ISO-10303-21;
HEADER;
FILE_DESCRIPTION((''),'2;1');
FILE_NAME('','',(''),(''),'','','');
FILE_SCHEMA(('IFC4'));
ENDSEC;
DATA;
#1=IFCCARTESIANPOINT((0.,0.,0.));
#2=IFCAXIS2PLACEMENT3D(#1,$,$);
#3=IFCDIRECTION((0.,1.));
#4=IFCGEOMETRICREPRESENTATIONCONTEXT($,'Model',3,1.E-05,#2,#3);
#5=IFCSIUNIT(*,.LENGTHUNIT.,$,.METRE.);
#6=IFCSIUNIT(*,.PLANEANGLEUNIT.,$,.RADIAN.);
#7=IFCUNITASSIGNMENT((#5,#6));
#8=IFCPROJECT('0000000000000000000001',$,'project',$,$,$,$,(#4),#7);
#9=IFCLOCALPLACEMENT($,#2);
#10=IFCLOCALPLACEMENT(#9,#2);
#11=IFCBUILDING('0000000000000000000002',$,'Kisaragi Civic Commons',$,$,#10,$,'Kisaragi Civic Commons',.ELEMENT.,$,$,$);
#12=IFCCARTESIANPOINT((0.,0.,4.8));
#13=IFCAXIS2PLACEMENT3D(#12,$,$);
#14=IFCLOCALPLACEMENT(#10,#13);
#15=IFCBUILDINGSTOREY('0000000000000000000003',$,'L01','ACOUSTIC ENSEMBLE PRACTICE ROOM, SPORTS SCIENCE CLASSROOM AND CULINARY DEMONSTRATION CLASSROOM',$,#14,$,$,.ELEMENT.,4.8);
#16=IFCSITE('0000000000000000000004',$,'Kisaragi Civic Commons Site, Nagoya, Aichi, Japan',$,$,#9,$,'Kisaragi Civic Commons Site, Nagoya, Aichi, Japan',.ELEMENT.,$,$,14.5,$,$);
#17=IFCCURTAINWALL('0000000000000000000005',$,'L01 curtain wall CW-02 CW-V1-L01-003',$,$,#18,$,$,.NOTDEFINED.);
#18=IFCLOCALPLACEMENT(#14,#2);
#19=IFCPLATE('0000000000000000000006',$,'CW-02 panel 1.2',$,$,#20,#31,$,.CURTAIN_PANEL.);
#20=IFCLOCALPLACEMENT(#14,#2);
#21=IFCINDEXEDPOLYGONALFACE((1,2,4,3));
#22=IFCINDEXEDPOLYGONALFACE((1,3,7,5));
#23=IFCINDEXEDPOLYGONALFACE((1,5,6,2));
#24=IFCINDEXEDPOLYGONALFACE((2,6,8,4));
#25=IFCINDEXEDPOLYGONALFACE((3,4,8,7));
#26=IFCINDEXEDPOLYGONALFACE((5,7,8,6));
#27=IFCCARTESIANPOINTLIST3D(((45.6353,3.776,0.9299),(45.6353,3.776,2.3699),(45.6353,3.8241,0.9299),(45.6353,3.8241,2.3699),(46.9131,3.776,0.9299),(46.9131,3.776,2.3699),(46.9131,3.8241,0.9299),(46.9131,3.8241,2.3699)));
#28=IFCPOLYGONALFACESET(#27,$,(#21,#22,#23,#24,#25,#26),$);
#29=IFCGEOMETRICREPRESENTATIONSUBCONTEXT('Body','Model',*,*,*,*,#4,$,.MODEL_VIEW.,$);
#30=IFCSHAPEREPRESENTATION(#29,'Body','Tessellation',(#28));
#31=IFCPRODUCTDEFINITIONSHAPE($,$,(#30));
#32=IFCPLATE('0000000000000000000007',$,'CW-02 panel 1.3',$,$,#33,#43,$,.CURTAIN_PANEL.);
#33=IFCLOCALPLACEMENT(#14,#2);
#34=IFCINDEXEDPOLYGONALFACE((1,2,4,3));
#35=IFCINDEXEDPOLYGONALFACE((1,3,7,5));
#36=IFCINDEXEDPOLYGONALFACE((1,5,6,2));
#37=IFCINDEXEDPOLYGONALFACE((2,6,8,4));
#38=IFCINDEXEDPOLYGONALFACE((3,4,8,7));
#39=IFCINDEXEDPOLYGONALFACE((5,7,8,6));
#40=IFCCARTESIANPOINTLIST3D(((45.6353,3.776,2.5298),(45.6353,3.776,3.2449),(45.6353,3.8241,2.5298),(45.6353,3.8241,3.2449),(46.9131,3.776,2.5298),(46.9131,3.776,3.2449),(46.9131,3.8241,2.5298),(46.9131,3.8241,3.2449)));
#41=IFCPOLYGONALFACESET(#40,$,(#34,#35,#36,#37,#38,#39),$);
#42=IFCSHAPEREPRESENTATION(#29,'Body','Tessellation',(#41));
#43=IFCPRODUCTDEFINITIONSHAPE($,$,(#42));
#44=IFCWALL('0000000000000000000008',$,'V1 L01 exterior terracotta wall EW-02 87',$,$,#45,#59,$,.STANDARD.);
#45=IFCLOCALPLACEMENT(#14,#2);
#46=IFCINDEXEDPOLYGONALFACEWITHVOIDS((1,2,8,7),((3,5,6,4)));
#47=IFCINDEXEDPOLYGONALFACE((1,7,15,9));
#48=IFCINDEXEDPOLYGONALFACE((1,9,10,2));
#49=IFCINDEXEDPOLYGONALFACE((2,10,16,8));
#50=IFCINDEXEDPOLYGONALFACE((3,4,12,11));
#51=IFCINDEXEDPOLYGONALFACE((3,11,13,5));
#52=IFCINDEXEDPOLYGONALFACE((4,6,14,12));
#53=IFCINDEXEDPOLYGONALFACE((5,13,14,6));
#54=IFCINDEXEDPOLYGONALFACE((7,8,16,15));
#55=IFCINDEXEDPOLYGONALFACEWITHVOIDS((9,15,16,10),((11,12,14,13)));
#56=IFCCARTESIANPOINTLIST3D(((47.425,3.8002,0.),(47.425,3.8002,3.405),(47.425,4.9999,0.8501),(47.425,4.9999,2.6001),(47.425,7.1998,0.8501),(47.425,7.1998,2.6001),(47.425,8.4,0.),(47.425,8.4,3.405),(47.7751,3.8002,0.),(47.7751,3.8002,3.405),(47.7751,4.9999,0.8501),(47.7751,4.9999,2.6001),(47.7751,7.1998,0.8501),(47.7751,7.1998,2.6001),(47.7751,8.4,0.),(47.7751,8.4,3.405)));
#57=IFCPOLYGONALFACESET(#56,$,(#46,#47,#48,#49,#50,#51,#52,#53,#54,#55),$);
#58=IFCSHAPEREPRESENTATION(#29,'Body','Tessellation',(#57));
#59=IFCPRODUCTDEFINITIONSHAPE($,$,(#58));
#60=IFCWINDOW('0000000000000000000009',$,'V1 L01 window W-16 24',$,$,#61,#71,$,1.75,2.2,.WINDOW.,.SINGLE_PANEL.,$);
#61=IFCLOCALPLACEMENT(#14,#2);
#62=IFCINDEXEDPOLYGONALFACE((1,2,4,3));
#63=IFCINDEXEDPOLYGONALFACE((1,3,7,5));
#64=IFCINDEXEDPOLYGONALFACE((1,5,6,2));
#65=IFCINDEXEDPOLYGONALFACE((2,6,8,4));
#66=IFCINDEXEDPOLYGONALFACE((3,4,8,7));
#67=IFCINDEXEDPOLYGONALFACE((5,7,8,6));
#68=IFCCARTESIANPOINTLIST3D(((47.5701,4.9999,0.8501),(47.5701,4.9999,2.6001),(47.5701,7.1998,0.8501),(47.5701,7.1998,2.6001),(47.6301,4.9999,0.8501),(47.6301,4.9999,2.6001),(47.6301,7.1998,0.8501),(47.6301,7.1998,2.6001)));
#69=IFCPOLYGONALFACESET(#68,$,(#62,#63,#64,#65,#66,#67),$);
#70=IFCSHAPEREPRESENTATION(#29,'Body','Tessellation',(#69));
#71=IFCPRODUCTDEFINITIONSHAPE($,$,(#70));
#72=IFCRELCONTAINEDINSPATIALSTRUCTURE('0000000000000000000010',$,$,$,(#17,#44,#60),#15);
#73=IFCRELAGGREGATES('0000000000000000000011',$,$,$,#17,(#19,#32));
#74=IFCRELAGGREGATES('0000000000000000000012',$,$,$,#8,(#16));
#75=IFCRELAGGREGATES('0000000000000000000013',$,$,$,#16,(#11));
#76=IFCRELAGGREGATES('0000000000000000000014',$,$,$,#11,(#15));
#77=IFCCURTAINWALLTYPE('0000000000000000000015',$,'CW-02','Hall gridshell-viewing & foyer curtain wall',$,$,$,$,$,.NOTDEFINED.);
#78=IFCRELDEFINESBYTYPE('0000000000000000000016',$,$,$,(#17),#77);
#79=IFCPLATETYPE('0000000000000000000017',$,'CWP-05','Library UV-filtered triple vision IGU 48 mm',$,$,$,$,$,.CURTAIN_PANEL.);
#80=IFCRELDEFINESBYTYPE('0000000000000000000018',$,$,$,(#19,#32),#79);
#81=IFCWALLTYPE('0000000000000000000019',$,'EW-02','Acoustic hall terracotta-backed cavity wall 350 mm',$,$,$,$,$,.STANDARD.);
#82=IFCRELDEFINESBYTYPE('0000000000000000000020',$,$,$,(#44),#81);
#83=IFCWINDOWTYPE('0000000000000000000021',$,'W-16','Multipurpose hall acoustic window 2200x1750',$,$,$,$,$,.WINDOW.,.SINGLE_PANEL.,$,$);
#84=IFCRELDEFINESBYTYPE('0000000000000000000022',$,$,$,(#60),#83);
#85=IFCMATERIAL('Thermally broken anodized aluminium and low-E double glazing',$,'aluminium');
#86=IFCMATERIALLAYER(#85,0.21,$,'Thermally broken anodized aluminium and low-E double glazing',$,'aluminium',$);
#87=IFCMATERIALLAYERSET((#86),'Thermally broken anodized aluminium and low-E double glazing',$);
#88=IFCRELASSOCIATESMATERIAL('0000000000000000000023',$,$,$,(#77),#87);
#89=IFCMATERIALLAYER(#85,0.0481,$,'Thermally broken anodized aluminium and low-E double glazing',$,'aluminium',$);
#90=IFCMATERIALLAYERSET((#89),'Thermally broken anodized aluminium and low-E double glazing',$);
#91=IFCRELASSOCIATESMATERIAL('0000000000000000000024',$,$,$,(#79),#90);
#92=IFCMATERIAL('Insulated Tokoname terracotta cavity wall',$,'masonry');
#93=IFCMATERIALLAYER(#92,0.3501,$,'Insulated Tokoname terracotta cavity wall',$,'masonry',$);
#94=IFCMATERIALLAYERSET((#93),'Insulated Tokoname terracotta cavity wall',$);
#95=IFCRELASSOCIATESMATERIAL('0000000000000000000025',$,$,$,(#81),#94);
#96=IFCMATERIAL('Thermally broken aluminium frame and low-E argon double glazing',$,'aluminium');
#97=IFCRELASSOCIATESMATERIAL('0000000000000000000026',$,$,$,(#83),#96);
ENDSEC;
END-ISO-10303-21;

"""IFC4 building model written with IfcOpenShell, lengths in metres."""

from ifc_helpers import new_model, si_unit, direction, frame, frame_2d, origin, origin_2d, place, context, subcontext, project, spatial, rectangle, extrude, material, layer, layer_set, type_object, element, fill, aggregate, save


model = new_model("IFC4")

# Units and contexts
model_context = context("Model", 3, precision=1e-05, world=origin(), true_north=direction((0.0, 1.0)))
body_context = subcontext(model_context, "Body", "Model", "MODEL_VIEW")
ifc_project = project(units=[si_unit("LENGTHUNIT", "METRE"), si_unit("PLANEANGLEUNIT", "RADIAN")], contexts=[model_context])

# Site, building, storey
site_placement = place(None, origin())
site = spatial("IfcSite", under=ifc_project, at=site_placement, Name="Kisaragi Civic Commons Site, Nagoya, Aichi, Japan", LongName="Kisaragi Civic Commons Site, Nagoya, Aichi, Japan", CompositionType="ELEMENT", RefElevation=14.5)
building_placement = place(site_placement, origin())
building = spatial("IfcBuilding", under=site, at=building_placement, Name="Kisaragi Civic Commons", LongName="Kisaragi Civic Commons", CompositionType="ELEMENT")
storey_placement = place(building_placement, frame((0.0, 0.0, 4.8)))
storey = spatial("IfcBuildingStorey", under=building, at=storey_placement, Name="L01", Description="ACOUSTIC ENSEMBLE PRACTICE ROOM, SPORTS SCIENCE CLASSROOM AND CULINARY DEMONSTRATION CLASSROOM", CompositionType="ELEMENT", Elevation=4.8)

# Shared definitions
ifc_material_1 = material(Name="Thermally broken anodized aluminium and low-E double glazing", Category="aluminium")
ifc_layer_1 = layer(ifc_material_1, 0.21, Name="Thermally broken anodized aluminium and low-E double glazing", Category="aluminium")
ifc_layer_set_1 = layer_set([ifc_layer_1], Name="Thermally broken anodized aluminium and low-E double glazing")
curtain_wall_type = type_object("IfcCurtainWallType", Name="CW-02", Description="Hall gridshell-viewing & foyer curtain wall", PredefinedType="NOTDEFINED", material=ifc_layer_set_1)

# Curtain wall
curtain_wall_1_placement = place(storey_placement, origin())
curtain_wall_1 = element("IfcCurtainWall", 1, at=curtain_wall_1_placement, inside=storey, type_object=curtain_wall_type, Name="L01 curtain wall CW-02 CW-V1-L01-003", PredefinedType="NOTDEFINED")

# Plates
ifc_layer_2 = layer(ifc_material_1, 0.0481, Name="Thermally broken anodized aluminium and low-E double glazing", Category="aluminium")
ifc_layer_set_2 = layer_set([ifc_layer_2], Name="Thermally broken anodized aluminium and low-E double glazing")
plate_type_1 = type_object("IfcPlateType", Name="CWP-05", Description="Library UV-filtered triple vision IGU 48 mm", PredefinedType="CURTAIN_PANEL", material=ifc_layer_set_2)
plate_1_placement = place(storey_placement, frame((46.2742, 3.8, 0.9299), z_axis=(0.0, 0.0, 1.0), x_axis=(-1.0, 0.0, 0.0)))
plate_1 = element("IfcPlate", 2, at=plate_1_placement, type_object=plate_type_1, Name="CW-02 panel 1.2", PredefinedType="CURTAIN_PANEL", context=body_context, shape_type="SweptSolid", body=[
    extrude(rectangle(XDim=1.2778, YDim=0.0481, at=origin_2d()), origin(), (0.0, 0.0, 1.0), 1.4399),
])
plate_2_placement = place(storey_placement, frame((46.2742, 3.8, 2.5298), z_axis=(0.0, 0.0, 1.0), x_axis=(-1.0, 0.0, 0.0)))
plate_2 = element("IfcPlate", 3, at=plate_2_placement, type_object=plate_type_1, Name="CW-02 panel 1.3", PredefinedType="CURTAIN_PANEL", context=body_context, shape_type="SweptSolid", body=[
    extrude(rectangle(XDim=1.2778, YDim=0.0481, at=origin_2d()), origin(), (0.0, 0.0, 1.0), 0.7151),
])
aggregate(curtain_wall_1, [plate_1, plate_2])

# Wall, opening, window
ifc_material_2 = material(Name="Insulated Tokoname terracotta cavity wall", Category="masonry")
ifc_layer_3 = layer(ifc_material_2, 0.3501, Name="Insulated Tokoname terracotta cavity wall", Category="masonry")
ifc_layer_set_3 = layer_set([ifc_layer_3], Name="Insulated Tokoname terracotta cavity wall")
wall_type = type_object("IfcWallType", Name="EW-02", Description="Acoustic hall terracotta-backed cavity wall 350 mm", PredefinedType="STANDARD", material=ifc_layer_set_3)
wall_placement = place(storey_placement, frame((47.6001, 8.3999, 0.0), z_axis=(0.0, 0.0, 1.0), x_axis=(0.0, -1.0, 0.0)))
wall = element("IfcWall", 4, at=wall_placement, inside=storey, type_object=wall_type, Name="V1 L01 exterior terracotta wall EW-02 87", PredefinedType="STANDARD", context=body_context, shape_type="SweptSolid", body=[
    extrude(rectangle(XDim=4.5999, YDim=0.3501, at=frame_2d((2.2998, 0.0))), origin(), (0.0, 0.0, 1.0), 3.405),
])
opening_placement = place(wall_placement, frame((1.2, 0.0, 0.8501)))
opening = element("IfcOpeningElement", 5, at=opening_placement, cuts=wall, PredefinedType="OPENING", context=body_context, shape_type="SweptSolid", body=[
    extrude(rectangle(XDim=2.2, YDim=1.75, at=frame_2d((1.1001, 0.875))), frame((0.0, 0.1851, 0.0), z_axis=(0.0, -1.0, 0.0), x_axis=(1.0, 0.0, 0.0)), (0.0, 0.0, 1.0), 0.3701),
])
ifc_material_3 = material(Name="Thermally broken aluminium frame and low-E argon double glazing", Category="aluminium")
window_type = type_object("IfcWindowType", Name="W-16", Description="Multipurpose hall acoustic window 2200x1750", PartitioningType="SINGLE_PANEL", PredefinedType="WINDOW", material=ifc_material_3)
window_placement = place(opening_placement, origin())
window = element("IfcWindow", 6, at=window_placement, inside=storey, type_object=window_type, Name="V1 L01 window W-16 24", OverallHeight=1.75, OverallWidth=2.2, PartitioningType="SINGLE_PANEL", PredefinedType="WINDOW", context=body_context, shape_type="SweptSolid", body=[
    extrude(rectangle(XDim=2.2, YDim=1.75, at=frame_2d((1.1001, 0.875))), frame((0.0, 0.03, 0.0), z_axis=(0.0, -1.0, 0.0), x_axis=(1.0, 0.0, 0.0)), (0.0, 0.0, 1.0), 0.0601),
])
fill(opening, window)

save(model, "model.ifc")
